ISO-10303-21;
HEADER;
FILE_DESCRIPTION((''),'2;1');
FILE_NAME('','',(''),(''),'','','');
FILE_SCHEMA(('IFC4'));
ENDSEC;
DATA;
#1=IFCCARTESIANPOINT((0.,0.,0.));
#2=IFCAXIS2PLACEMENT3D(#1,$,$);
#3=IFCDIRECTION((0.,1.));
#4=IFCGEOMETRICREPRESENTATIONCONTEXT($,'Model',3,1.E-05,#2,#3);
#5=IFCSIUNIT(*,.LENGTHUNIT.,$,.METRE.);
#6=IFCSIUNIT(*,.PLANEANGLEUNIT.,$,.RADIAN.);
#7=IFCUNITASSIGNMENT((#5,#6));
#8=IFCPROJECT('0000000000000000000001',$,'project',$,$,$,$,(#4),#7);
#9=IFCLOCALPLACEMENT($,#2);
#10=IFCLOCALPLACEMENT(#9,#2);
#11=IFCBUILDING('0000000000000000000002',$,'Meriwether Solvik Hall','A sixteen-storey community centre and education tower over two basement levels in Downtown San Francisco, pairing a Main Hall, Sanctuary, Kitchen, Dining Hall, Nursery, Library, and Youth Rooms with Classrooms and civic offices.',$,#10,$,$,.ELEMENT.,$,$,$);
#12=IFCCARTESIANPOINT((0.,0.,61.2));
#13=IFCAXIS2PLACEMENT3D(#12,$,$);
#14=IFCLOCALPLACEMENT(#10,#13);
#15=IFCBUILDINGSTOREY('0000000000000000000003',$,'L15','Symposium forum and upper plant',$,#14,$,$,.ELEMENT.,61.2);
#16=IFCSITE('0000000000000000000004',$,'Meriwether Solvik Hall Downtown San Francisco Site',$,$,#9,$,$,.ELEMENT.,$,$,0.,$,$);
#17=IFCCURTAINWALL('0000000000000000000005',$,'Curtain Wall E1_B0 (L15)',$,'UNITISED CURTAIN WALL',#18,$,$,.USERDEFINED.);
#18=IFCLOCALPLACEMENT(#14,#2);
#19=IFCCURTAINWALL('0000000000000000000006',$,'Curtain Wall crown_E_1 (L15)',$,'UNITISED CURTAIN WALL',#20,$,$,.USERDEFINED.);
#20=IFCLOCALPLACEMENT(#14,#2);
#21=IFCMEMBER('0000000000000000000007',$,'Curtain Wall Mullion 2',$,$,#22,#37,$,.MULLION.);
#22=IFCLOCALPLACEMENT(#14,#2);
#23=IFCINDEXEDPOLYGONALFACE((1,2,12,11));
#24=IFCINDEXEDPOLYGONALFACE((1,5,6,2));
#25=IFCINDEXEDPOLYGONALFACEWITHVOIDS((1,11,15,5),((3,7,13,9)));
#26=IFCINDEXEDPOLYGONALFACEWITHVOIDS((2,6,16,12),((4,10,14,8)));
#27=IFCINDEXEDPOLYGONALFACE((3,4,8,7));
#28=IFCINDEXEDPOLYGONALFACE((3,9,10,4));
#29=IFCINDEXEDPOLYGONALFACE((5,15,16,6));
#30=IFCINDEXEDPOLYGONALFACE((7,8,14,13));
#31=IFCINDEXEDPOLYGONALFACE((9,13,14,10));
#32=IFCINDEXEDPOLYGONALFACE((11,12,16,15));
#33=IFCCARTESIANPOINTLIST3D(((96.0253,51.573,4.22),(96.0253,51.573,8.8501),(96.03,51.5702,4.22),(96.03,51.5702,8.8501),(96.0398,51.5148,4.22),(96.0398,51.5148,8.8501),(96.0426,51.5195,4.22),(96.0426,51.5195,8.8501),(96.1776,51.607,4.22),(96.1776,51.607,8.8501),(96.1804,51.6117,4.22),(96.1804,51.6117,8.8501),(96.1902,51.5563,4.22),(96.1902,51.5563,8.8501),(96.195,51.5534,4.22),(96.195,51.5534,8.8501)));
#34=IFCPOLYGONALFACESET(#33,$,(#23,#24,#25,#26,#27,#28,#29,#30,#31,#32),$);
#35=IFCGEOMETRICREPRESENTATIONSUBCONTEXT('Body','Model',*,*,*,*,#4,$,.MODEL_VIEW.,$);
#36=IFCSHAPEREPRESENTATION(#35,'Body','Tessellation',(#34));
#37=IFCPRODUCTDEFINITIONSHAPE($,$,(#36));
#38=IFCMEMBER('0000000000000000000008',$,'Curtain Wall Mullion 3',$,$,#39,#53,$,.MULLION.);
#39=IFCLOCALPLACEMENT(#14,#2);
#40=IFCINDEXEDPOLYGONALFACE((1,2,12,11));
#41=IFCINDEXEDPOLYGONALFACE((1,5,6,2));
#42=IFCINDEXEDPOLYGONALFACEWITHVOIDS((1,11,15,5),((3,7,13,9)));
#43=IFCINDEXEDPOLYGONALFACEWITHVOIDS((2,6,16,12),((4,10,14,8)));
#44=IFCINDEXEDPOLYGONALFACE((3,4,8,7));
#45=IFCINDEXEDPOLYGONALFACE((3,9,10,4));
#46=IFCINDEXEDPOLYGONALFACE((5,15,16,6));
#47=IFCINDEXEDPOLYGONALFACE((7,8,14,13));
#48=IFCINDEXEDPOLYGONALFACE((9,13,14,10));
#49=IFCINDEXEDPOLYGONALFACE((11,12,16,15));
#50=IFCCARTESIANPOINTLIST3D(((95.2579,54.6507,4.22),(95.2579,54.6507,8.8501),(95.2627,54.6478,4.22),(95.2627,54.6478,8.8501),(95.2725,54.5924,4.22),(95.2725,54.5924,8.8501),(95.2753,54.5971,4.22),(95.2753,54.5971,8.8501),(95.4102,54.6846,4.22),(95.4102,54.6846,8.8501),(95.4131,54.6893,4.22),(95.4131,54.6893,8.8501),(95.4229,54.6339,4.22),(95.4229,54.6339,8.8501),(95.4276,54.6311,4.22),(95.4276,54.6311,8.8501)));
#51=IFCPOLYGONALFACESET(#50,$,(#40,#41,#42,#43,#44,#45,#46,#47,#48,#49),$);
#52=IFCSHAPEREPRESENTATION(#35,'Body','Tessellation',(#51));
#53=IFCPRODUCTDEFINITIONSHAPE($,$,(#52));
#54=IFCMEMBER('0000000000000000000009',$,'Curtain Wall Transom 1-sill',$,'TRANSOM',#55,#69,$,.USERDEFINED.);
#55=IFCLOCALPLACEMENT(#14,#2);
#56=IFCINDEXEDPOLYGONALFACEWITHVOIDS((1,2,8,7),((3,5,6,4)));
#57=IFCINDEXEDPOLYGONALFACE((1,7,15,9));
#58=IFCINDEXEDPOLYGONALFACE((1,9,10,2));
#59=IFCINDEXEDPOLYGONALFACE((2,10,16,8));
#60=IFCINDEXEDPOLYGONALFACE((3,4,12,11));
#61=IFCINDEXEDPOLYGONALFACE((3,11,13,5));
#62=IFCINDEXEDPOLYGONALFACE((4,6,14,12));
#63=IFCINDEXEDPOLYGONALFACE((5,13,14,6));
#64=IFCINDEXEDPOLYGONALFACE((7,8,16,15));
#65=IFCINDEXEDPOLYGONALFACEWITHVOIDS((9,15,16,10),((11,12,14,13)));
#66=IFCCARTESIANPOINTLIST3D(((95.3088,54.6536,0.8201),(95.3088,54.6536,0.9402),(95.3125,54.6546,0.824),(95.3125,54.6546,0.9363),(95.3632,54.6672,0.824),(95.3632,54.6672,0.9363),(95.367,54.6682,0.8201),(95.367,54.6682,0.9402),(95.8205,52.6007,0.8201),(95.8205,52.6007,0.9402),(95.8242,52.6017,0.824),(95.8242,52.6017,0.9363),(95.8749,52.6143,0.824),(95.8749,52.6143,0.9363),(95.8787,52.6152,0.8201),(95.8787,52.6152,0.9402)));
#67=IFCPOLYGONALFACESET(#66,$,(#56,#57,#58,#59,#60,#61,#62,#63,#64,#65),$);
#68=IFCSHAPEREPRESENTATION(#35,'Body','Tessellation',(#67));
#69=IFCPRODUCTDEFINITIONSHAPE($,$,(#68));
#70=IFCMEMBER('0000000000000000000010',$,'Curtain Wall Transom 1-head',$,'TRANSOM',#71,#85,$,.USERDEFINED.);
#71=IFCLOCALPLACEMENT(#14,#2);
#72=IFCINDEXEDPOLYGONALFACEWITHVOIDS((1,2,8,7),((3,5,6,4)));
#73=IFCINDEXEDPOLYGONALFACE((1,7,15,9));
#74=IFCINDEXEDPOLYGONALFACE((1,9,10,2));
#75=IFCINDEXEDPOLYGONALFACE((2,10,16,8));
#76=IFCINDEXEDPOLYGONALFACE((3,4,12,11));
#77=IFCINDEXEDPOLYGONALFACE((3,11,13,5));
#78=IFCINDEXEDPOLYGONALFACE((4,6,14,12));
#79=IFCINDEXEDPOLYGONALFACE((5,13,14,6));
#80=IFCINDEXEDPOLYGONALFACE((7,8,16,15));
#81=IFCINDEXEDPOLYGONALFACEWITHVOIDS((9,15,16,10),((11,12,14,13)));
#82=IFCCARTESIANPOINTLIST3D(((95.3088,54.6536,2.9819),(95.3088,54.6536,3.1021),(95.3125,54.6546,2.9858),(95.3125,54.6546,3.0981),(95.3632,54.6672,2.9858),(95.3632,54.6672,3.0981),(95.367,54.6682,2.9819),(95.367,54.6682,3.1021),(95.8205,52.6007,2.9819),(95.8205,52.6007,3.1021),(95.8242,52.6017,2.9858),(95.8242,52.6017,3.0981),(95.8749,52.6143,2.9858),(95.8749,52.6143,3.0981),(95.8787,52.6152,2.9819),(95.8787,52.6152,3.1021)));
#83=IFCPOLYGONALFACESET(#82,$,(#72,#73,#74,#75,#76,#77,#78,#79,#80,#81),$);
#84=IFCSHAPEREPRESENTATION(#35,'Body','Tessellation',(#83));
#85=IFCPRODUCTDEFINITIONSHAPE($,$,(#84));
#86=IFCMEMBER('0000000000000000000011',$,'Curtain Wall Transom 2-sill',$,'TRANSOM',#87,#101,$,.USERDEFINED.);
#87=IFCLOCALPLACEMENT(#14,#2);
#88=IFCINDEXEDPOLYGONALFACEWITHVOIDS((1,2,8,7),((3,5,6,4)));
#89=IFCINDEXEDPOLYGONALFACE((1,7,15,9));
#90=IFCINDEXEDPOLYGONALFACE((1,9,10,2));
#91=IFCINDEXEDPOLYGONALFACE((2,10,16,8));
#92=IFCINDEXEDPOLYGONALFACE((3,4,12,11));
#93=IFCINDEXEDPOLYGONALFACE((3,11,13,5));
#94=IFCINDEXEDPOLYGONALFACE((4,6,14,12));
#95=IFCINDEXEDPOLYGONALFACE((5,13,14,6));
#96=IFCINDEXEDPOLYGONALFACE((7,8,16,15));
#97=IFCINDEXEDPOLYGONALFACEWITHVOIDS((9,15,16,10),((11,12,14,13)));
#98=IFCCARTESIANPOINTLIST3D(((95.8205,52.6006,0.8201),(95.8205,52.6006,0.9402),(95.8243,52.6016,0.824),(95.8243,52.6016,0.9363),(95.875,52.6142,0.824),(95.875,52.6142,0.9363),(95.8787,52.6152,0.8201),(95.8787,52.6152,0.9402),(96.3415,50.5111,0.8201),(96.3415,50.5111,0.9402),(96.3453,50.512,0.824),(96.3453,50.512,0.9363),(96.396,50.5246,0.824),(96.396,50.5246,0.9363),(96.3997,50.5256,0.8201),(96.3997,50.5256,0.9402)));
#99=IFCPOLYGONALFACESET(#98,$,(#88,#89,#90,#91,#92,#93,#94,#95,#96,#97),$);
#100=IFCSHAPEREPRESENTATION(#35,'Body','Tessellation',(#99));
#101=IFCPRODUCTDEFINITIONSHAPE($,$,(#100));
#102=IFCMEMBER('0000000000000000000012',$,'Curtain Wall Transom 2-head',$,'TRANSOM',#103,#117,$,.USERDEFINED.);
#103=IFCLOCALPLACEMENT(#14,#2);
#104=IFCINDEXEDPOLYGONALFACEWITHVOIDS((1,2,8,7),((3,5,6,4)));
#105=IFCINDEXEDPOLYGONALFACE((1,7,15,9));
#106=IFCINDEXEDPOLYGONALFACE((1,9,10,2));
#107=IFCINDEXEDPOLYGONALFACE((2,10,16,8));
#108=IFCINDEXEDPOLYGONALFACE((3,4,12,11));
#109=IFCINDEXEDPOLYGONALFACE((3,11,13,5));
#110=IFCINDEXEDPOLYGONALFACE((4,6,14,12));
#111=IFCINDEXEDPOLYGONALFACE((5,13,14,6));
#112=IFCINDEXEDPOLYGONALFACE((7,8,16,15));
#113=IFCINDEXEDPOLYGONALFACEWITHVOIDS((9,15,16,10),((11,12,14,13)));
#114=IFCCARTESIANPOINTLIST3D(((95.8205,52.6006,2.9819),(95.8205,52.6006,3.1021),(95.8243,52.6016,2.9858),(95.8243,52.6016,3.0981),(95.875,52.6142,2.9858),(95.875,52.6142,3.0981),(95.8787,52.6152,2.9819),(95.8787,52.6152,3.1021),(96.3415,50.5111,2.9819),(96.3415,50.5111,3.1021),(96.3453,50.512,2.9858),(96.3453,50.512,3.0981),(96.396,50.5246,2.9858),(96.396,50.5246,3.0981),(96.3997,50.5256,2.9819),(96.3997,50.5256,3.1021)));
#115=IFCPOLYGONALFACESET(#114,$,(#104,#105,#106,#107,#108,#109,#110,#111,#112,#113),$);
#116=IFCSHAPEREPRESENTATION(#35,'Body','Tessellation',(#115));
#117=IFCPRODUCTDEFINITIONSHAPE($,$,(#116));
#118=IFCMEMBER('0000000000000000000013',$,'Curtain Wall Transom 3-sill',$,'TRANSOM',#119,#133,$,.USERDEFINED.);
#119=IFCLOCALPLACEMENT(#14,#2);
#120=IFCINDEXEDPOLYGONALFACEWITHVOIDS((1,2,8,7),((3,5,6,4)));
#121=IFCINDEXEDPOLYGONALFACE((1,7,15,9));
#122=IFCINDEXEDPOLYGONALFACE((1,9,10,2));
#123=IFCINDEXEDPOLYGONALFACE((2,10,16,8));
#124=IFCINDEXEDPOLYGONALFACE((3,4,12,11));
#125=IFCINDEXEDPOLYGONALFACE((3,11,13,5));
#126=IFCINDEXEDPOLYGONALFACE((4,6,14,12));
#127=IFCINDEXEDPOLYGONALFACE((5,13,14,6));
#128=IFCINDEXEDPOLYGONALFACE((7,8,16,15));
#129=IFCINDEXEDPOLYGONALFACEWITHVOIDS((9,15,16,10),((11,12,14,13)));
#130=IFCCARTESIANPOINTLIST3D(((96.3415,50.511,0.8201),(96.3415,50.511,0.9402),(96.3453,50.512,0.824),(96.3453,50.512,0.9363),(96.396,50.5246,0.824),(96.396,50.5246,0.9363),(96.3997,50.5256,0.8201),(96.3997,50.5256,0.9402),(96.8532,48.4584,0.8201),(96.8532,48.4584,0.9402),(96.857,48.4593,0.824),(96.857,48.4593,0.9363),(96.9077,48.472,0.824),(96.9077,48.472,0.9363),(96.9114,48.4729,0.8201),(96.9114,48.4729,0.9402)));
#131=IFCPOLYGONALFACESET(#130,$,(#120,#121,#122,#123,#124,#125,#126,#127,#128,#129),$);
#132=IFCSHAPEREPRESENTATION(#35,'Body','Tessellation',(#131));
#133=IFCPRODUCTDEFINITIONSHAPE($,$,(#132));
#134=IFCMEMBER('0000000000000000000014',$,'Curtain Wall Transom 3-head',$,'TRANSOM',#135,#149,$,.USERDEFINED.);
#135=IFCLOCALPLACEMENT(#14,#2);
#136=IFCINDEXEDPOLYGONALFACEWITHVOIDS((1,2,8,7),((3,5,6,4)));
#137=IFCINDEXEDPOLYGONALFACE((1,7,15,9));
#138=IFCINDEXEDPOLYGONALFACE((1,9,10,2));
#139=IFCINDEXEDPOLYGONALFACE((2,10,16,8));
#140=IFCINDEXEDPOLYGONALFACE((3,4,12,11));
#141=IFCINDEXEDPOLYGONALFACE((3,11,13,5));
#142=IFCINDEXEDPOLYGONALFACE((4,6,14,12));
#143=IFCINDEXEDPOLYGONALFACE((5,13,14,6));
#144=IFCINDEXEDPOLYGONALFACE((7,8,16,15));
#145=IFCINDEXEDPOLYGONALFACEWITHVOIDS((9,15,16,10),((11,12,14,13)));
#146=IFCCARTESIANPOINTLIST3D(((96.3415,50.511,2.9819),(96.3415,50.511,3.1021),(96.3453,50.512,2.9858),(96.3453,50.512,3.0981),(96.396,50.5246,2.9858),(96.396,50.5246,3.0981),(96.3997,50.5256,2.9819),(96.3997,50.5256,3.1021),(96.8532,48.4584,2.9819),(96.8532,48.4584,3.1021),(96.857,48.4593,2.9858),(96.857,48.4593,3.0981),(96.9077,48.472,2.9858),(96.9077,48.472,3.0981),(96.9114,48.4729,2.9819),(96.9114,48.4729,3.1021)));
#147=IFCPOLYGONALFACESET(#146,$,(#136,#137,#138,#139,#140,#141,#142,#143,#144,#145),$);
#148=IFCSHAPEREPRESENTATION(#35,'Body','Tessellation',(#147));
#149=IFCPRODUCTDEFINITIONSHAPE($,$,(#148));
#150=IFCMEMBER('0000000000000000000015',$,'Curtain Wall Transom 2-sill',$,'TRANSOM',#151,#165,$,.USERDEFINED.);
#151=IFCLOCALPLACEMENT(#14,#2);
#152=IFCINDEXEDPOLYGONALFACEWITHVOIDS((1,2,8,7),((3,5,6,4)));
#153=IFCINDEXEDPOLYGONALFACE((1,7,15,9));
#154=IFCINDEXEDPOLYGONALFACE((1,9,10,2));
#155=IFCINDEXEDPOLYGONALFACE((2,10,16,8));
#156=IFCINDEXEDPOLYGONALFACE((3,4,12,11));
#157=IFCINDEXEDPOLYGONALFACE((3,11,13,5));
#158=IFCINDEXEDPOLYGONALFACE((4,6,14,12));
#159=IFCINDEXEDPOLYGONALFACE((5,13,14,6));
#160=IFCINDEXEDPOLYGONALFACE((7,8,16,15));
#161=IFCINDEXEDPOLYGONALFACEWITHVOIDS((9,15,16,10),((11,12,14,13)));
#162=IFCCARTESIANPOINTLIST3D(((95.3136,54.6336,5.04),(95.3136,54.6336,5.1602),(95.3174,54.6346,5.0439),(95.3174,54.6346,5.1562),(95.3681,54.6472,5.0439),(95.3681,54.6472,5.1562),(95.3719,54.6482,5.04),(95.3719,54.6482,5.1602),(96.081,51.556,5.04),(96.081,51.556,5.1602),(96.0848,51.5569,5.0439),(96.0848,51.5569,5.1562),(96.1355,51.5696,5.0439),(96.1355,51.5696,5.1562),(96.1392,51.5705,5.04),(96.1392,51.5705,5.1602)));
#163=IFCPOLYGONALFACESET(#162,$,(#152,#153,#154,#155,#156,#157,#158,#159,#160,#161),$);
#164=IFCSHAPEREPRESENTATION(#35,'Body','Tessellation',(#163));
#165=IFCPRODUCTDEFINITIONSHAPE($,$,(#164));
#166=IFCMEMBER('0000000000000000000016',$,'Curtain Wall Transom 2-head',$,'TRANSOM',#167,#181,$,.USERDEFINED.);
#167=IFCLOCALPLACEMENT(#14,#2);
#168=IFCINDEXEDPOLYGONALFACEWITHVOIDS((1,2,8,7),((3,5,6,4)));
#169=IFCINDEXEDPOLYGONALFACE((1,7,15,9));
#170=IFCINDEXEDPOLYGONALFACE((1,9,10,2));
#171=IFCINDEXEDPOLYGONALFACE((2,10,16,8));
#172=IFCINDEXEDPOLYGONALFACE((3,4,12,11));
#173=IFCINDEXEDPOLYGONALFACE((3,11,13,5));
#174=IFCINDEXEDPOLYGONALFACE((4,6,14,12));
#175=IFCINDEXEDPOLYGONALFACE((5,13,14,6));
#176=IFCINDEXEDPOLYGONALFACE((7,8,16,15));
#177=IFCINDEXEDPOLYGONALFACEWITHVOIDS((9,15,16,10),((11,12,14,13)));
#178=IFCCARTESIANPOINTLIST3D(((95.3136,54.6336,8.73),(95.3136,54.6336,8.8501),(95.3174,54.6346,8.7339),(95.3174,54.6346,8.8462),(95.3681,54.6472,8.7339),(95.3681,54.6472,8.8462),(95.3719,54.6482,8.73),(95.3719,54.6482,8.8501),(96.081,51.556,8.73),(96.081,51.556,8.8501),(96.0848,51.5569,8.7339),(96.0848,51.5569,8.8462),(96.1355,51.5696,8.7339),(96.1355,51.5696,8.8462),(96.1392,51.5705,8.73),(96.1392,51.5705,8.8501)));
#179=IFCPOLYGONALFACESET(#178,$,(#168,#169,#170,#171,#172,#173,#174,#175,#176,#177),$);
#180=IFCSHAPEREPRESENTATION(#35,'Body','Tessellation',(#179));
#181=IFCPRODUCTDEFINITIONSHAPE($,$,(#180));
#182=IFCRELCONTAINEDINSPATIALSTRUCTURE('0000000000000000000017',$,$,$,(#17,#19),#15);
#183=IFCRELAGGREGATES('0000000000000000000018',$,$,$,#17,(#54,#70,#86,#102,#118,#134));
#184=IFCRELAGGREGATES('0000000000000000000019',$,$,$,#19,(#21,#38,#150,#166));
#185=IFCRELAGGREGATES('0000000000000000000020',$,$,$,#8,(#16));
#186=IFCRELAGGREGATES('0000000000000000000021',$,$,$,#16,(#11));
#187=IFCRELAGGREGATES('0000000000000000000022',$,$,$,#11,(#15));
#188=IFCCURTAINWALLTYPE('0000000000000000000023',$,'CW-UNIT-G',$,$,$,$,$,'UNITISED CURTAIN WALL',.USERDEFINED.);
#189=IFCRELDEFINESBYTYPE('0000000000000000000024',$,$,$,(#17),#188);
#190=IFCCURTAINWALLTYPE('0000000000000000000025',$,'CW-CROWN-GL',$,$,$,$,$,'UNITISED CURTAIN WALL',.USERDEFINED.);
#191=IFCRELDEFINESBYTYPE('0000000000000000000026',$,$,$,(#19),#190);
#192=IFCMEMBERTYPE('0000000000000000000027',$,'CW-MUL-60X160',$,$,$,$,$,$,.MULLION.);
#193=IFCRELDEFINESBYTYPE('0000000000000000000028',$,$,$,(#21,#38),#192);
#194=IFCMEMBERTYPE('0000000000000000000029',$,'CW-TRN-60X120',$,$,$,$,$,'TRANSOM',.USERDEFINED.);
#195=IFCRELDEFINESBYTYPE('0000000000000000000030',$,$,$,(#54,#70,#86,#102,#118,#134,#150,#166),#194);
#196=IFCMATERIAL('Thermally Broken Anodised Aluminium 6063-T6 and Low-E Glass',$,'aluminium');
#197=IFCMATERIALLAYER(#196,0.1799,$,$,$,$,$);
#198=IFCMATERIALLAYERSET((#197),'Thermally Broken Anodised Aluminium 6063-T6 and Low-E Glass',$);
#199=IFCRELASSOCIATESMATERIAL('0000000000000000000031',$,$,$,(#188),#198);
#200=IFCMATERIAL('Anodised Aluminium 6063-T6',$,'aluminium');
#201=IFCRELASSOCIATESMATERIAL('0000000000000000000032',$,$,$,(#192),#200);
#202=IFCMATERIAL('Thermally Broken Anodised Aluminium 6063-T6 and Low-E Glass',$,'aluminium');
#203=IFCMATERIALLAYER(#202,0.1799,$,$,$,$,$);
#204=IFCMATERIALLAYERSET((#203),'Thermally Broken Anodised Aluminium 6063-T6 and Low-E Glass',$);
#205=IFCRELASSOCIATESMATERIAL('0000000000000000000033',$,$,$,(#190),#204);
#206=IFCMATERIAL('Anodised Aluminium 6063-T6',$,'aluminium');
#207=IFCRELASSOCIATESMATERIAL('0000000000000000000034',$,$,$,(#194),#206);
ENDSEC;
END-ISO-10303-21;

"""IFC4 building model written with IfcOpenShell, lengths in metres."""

from ifc_helpers import new_model, si_unit, direction, frame, origin, origin_2d, place, context, subcontext, project, spatial, hollow_rectangle, extrude, material, layer, layer_set, material_profile, profile_set, type_object, element, aggregate, save


model = new_model("IFC4")

# Units and contexts
model_context = context("Model", 3, precision=1e-05, world=origin(), true_north=direction((0.0, 1.0)))
body_context = subcontext(model_context, "Body", "Model", "MODEL_VIEW")
ifc_project = project(units=[si_unit("LENGTHUNIT", "METRE"), si_unit("PLANEANGLEUNIT", "RADIAN")], contexts=[model_context])

# Site, building, storey
site_placement = place(None, origin())
site = spatial("IfcSite", under=ifc_project, at=site_placement, Name="Meriwether Solvik Hall Downtown San Francisco Site", CompositionType="ELEMENT", RefElevation=0.0)
building_placement = place(site_placement, origin())
building = spatial("IfcBuilding", under=site, at=building_placement, Name="Meriwether Solvik Hall", Description="A sixteen-storey community centre and education tower over two basement levels in Downtown San Francisco, pairing a Main Hall, Sanctuary, Kitchen, Dining Hall, Nursery, Library, and Youth Rooms with Classrooms and civic offices.", CompositionType="ELEMENT")
storey_placement = place(building_placement, frame((0.0, 0.0, 61.2)))
storey = spatial("IfcBuildingStorey", under=building, at=storey_placement, Name="L15", Description="Symposium forum and upper plant", CompositionType="ELEMENT", Elevation=61.2)

# Curtain wall
ifc_material_1 = material(Name="Thermally Broken Anodised Aluminium 6063-T6 and Low-E Glass", Category="aluminium")
ifc_layer_1 = layer(ifc_material_1, 0.1799)
ifc_layer_set_1 = layer_set([ifc_layer_1], Name="Thermally Broken Anodised Aluminium 6063-T6 and Low-E Glass")
curtain_wall_type_1 = type_object("IfcCurtainWallType", Name="CW-UNIT-G", ElementType="UNITISED CURTAIN WALL", PredefinedType="USERDEFINED", material=ifc_layer_set_1)
curtain_wall_1_placement = place(storey_placement, origin())
curtain_wall_1 = element("IfcCurtainWall", 1, at=curtain_wall_1_placement, inside=storey, type_object=curtain_wall_type_1, Name="Curtain Wall E1_B0 (L15)", ObjectType="UNITISED CURTAIN WALL", PredefinedType="USERDEFINED")
ifc_material_2 = material(Name="Anodised Aluminium 6063-T6", Category="aluminium")
ifc_material_profile_1 = material_profile(ifc_material_2, hollow_rectangle(XDim=0.0601, YDim=0.1599, WallThickness=0.0039, at=origin_2d()), Name="CWM-60X160")
ifc_profile_set_1 = profile_set([ifc_material_profile_1], Name="Anodised Aluminium 6063-T6")
member_type_1 = type_object("IfcMemberType", Name="CW-MUL-60X160", PredefinedType="MULLION", material=ifc_profile_set_1)

# Curtain wall, members
ifc_material_3 = material(Name="Thermally Broken Anodised Aluminium 6063-T6 and Low-E Glass", Category="aluminium")
ifc_layer_2 = layer(ifc_material_3, 0.1799)
ifc_layer_set_2 = layer_set([ifc_layer_2], Name="Thermally Broken Anodised Aluminium 6063-T6 and Low-E Glass")
curtain_wall_type_2 = type_object("IfcCurtainWallType", Name="CW-CROWN-GL", ElementType="UNITISED CURTAIN WALL", PredefinedType="USERDEFINED", material=ifc_layer_set_2)
curtain_wall_2_placement = place(storey_placement, origin())
curtain_wall_2 = element("IfcCurtainWall", 2, at=curtain_wall_2_placement, inside=storey, type_object=curtain_wall_type_2, Name="Curtain Wall crown_E_1 (L15)", ObjectType="UNITISED CURTAIN WALL", PredefinedType="USERDEFINED")
member_1_placement = place(storey_placement, frame((96.1101, 51.5632, 4.22), z_axis=(0.0, 0.0, 1.0), x_axis=(-0.241922, 0.970296, 0.0)))
member_1 = element("IfcMember", 3, at=member_1_placement, type_object=member_type_1, Name="Curtain Wall Mullion 2", PredefinedType="MULLION", context=body_context, shape_type="SweptSolid", body=[
    extrude(hollow_rectangle(XDim=0.0601, YDim=0.1599, WallThickness=0.0039, at=origin_2d()), origin(), (0.0, 0.0, 1.0), 4.6301),
])
member_2_placement = place(storey_placement, frame((95.3428, 54.6409, 4.22), z_axis=(0.0, 0.0, 1.0), x_axis=(-0.241922, 0.970296, 0.0)))
member_2 = element("IfcMember", 4, at=member_2_placement, type_object=member_type_1, Name="Curtain Wall Mullion 3", PredefinedType="MULLION", context=body_context, shape_type="SweptSolid", body=[
    extrude(hollow_rectangle(XDim=0.0601, YDim=0.1599, WallThickness=0.0039, at=origin_2d()), origin(), (0.0, 0.0, 1.0), 4.6301),
])

# Members
ifc_material_4 = material(Name="Anodised Aluminium 6063-T6", Category="aluminium")
ifc_material_profile_2 = material_profile(ifc_material_4, hollow_rectangle(XDim=0.0601, YDim=0.1201, WallThickness=0.0039, at=origin_2d()), Name="CWT-60X120")
ifc_profile_set_2 = profile_set([ifc_material_profile_2], Name="Anodised Aluminium 6063-T6")
member_type_2 = type_object("IfcMemberType", Name="CW-TRN-60X120", ElementType="TRANSOM", PredefinedType="USERDEFINED", material=ifc_profile_set_2)
member_3_placement = place(storey_placement, frame((95.3379, 54.6609, 0.8801), z_axis=(0.241857, -0.970312, 0.0), x_axis=(0.970312, 0.241857, 0.0)))
member_3 = element("IfcMember", 5, at=member_3_placement, type_object=member_type_2, Name="Curtain Wall Transom 1-sill", ObjectType="TRANSOM", PredefinedType="USERDEFINED", context=body_context, shape_type="SweptSolid", body=[
    extrude(hollow_rectangle(XDim=0.0601, YDim=0.1201, WallThickness=0.0039, at=origin_2d()), origin(), (0.0, 0.0, 1.0), 2.1157),
])
member_4_placement = place(storey_placement, frame((95.3379, 54.6609, 3.042), z_axis=(0.241857, -0.970312, 0.0), x_axis=(0.970312, 0.241857, 0.0)))
member_4 = element("IfcMember", 6, at=member_4_placement, type_object=member_type_2, Name="Curtain Wall Transom 1-head", ObjectType="TRANSOM", PredefinedType="USERDEFINED", context=body_context, shape_type="SweptSolid", body=[
    extrude(hollow_rectangle(XDim=0.0601, YDim=0.1201, WallThickness=0.0039, at=origin_2d()), origin(), (0.0, 0.0, 1.0), 2.1157),
])
member_5_placement = place(storey_placement, frame((95.8496, 52.6079, 0.8801), z_axis=(0.241922, -0.970296, 0.0), x_axis=(0.970296, 0.241922, 0.0)))
member_5 = element("IfcMember", 7, at=member_5_placement, type_object=member_type_2, Name="Curtain Wall Transom 2-sill", ObjectType="TRANSOM", PredefinedType="USERDEFINED", context=body_context, shape_type="SweptSolid", body=[
    extrude(hollow_rectangle(XDim=0.0601, YDim=0.1201, WallThickness=0.0039, at=origin_2d()), origin(), (0.0, 0.0, 1.0), 2.1536),
])
member_6_placement = place(storey_placement, frame((95.8496, 52.6079, 3.042), z_axis=(0.241922, -0.970296, 0.0), x_axis=(0.970296, 0.241922, 0.0)))
member_6 = element("IfcMember", 8, at=member_6_placement, type_object=member_type_2, Name="Curtain Wall Transom 2-head", ObjectType="TRANSOM", PredefinedType="USERDEFINED", context=body_context, shape_type="SweptSolid", body=[
    extrude(hollow_rectangle(XDim=0.0601, YDim=0.1201, WallThickness=0.0039, at=origin_2d()), origin(), (0.0, 0.0, 1.0), 2.1536),
])
member_7_placement = place(storey_placement, frame((96.3706, 50.5183, 0.8801), z_axis=(0.241884, -0.970305, 0.0), x_axis=(0.970305, 0.241884, 0.0)))
member_7 = element("IfcMember", 9, at=member_7_placement, type_object=member_type_2, Name="Curtain Wall Transom 3-sill", ObjectType="TRANSOM", PredefinedType="USERDEFINED", context=body_context, shape_type="SweptSolid", body=[
    extrude(hollow_rectangle(XDim=0.0601, YDim=0.1201, WallThickness=0.0039, at=origin_2d()), origin(), (0.0, 0.0, 1.0), 2.1155),
])
member_8_placement = place(storey_placement, frame((96.3706, 50.5183, 3.042), z_axis=(0.241884, -0.970305, 0.0), x_axis=(0.970305, 0.241884, 0.0)))
member_8 = element("IfcMember", 10, at=member_8_placement, type_object=member_type_2, Name="Curtain Wall Transom 3-head", ObjectType="TRANSOM", PredefinedType="USERDEFINED", context=body_context, shape_type="SweptSolid", body=[
    extrude(hollow_rectangle(XDim=0.0601, YDim=0.1201, WallThickness=0.0039, at=origin_2d()), origin(), (0.0, 0.0, 1.0), 2.1155),
])
member_9_placement = place(storey_placement, frame((96.1101, 51.5632, 5.1001), z_axis=(-0.24192, 0.970296, 0.0), x_axis=(-0.970296, -0.24192, 0.0)))
member_9 = element("IfcMember", 11, at=member_9_placement, type_object=member_type_2, Name="Curtain Wall Transom 2-sill", ObjectType="TRANSOM", PredefinedType="USERDEFINED", context=body_context, shape_type="SweptSolid", body=[
    extrude(hollow_rectangle(XDim=0.0601, YDim=0.1201, WallThickness=0.0039, at=origin_2d()), origin(), (0.0, 0.0, 1.0), 3.1719),
])
member_10_placement = place(storey_placement, frame((96.1101, 51.5632, 8.79), z_axis=(-0.24192, 0.970296, 0.0), x_axis=(-0.970296, -0.24192, 0.0)))
member_10 = element("IfcMember", 12, at=member_10_placement, type_object=member_type_2, Name="Curtain Wall Transom 2-head", ObjectType="TRANSOM", PredefinedType="USERDEFINED", context=body_context, shape_type="SweptSolid", body=[
    extrude(hollow_rectangle(XDim=0.0601, YDim=0.1201, WallThickness=0.0039, at=origin_2d()), origin(), (0.0, 0.0, 1.0), 3.1719),
])

aggregate(curtain_wall_1, [member_3, member_4, member_5, member_6, member_7, member_8])
aggregate(curtain_wall_2, [member_1, member_2, member_9, member_10])

save(model, "model.ifc")
